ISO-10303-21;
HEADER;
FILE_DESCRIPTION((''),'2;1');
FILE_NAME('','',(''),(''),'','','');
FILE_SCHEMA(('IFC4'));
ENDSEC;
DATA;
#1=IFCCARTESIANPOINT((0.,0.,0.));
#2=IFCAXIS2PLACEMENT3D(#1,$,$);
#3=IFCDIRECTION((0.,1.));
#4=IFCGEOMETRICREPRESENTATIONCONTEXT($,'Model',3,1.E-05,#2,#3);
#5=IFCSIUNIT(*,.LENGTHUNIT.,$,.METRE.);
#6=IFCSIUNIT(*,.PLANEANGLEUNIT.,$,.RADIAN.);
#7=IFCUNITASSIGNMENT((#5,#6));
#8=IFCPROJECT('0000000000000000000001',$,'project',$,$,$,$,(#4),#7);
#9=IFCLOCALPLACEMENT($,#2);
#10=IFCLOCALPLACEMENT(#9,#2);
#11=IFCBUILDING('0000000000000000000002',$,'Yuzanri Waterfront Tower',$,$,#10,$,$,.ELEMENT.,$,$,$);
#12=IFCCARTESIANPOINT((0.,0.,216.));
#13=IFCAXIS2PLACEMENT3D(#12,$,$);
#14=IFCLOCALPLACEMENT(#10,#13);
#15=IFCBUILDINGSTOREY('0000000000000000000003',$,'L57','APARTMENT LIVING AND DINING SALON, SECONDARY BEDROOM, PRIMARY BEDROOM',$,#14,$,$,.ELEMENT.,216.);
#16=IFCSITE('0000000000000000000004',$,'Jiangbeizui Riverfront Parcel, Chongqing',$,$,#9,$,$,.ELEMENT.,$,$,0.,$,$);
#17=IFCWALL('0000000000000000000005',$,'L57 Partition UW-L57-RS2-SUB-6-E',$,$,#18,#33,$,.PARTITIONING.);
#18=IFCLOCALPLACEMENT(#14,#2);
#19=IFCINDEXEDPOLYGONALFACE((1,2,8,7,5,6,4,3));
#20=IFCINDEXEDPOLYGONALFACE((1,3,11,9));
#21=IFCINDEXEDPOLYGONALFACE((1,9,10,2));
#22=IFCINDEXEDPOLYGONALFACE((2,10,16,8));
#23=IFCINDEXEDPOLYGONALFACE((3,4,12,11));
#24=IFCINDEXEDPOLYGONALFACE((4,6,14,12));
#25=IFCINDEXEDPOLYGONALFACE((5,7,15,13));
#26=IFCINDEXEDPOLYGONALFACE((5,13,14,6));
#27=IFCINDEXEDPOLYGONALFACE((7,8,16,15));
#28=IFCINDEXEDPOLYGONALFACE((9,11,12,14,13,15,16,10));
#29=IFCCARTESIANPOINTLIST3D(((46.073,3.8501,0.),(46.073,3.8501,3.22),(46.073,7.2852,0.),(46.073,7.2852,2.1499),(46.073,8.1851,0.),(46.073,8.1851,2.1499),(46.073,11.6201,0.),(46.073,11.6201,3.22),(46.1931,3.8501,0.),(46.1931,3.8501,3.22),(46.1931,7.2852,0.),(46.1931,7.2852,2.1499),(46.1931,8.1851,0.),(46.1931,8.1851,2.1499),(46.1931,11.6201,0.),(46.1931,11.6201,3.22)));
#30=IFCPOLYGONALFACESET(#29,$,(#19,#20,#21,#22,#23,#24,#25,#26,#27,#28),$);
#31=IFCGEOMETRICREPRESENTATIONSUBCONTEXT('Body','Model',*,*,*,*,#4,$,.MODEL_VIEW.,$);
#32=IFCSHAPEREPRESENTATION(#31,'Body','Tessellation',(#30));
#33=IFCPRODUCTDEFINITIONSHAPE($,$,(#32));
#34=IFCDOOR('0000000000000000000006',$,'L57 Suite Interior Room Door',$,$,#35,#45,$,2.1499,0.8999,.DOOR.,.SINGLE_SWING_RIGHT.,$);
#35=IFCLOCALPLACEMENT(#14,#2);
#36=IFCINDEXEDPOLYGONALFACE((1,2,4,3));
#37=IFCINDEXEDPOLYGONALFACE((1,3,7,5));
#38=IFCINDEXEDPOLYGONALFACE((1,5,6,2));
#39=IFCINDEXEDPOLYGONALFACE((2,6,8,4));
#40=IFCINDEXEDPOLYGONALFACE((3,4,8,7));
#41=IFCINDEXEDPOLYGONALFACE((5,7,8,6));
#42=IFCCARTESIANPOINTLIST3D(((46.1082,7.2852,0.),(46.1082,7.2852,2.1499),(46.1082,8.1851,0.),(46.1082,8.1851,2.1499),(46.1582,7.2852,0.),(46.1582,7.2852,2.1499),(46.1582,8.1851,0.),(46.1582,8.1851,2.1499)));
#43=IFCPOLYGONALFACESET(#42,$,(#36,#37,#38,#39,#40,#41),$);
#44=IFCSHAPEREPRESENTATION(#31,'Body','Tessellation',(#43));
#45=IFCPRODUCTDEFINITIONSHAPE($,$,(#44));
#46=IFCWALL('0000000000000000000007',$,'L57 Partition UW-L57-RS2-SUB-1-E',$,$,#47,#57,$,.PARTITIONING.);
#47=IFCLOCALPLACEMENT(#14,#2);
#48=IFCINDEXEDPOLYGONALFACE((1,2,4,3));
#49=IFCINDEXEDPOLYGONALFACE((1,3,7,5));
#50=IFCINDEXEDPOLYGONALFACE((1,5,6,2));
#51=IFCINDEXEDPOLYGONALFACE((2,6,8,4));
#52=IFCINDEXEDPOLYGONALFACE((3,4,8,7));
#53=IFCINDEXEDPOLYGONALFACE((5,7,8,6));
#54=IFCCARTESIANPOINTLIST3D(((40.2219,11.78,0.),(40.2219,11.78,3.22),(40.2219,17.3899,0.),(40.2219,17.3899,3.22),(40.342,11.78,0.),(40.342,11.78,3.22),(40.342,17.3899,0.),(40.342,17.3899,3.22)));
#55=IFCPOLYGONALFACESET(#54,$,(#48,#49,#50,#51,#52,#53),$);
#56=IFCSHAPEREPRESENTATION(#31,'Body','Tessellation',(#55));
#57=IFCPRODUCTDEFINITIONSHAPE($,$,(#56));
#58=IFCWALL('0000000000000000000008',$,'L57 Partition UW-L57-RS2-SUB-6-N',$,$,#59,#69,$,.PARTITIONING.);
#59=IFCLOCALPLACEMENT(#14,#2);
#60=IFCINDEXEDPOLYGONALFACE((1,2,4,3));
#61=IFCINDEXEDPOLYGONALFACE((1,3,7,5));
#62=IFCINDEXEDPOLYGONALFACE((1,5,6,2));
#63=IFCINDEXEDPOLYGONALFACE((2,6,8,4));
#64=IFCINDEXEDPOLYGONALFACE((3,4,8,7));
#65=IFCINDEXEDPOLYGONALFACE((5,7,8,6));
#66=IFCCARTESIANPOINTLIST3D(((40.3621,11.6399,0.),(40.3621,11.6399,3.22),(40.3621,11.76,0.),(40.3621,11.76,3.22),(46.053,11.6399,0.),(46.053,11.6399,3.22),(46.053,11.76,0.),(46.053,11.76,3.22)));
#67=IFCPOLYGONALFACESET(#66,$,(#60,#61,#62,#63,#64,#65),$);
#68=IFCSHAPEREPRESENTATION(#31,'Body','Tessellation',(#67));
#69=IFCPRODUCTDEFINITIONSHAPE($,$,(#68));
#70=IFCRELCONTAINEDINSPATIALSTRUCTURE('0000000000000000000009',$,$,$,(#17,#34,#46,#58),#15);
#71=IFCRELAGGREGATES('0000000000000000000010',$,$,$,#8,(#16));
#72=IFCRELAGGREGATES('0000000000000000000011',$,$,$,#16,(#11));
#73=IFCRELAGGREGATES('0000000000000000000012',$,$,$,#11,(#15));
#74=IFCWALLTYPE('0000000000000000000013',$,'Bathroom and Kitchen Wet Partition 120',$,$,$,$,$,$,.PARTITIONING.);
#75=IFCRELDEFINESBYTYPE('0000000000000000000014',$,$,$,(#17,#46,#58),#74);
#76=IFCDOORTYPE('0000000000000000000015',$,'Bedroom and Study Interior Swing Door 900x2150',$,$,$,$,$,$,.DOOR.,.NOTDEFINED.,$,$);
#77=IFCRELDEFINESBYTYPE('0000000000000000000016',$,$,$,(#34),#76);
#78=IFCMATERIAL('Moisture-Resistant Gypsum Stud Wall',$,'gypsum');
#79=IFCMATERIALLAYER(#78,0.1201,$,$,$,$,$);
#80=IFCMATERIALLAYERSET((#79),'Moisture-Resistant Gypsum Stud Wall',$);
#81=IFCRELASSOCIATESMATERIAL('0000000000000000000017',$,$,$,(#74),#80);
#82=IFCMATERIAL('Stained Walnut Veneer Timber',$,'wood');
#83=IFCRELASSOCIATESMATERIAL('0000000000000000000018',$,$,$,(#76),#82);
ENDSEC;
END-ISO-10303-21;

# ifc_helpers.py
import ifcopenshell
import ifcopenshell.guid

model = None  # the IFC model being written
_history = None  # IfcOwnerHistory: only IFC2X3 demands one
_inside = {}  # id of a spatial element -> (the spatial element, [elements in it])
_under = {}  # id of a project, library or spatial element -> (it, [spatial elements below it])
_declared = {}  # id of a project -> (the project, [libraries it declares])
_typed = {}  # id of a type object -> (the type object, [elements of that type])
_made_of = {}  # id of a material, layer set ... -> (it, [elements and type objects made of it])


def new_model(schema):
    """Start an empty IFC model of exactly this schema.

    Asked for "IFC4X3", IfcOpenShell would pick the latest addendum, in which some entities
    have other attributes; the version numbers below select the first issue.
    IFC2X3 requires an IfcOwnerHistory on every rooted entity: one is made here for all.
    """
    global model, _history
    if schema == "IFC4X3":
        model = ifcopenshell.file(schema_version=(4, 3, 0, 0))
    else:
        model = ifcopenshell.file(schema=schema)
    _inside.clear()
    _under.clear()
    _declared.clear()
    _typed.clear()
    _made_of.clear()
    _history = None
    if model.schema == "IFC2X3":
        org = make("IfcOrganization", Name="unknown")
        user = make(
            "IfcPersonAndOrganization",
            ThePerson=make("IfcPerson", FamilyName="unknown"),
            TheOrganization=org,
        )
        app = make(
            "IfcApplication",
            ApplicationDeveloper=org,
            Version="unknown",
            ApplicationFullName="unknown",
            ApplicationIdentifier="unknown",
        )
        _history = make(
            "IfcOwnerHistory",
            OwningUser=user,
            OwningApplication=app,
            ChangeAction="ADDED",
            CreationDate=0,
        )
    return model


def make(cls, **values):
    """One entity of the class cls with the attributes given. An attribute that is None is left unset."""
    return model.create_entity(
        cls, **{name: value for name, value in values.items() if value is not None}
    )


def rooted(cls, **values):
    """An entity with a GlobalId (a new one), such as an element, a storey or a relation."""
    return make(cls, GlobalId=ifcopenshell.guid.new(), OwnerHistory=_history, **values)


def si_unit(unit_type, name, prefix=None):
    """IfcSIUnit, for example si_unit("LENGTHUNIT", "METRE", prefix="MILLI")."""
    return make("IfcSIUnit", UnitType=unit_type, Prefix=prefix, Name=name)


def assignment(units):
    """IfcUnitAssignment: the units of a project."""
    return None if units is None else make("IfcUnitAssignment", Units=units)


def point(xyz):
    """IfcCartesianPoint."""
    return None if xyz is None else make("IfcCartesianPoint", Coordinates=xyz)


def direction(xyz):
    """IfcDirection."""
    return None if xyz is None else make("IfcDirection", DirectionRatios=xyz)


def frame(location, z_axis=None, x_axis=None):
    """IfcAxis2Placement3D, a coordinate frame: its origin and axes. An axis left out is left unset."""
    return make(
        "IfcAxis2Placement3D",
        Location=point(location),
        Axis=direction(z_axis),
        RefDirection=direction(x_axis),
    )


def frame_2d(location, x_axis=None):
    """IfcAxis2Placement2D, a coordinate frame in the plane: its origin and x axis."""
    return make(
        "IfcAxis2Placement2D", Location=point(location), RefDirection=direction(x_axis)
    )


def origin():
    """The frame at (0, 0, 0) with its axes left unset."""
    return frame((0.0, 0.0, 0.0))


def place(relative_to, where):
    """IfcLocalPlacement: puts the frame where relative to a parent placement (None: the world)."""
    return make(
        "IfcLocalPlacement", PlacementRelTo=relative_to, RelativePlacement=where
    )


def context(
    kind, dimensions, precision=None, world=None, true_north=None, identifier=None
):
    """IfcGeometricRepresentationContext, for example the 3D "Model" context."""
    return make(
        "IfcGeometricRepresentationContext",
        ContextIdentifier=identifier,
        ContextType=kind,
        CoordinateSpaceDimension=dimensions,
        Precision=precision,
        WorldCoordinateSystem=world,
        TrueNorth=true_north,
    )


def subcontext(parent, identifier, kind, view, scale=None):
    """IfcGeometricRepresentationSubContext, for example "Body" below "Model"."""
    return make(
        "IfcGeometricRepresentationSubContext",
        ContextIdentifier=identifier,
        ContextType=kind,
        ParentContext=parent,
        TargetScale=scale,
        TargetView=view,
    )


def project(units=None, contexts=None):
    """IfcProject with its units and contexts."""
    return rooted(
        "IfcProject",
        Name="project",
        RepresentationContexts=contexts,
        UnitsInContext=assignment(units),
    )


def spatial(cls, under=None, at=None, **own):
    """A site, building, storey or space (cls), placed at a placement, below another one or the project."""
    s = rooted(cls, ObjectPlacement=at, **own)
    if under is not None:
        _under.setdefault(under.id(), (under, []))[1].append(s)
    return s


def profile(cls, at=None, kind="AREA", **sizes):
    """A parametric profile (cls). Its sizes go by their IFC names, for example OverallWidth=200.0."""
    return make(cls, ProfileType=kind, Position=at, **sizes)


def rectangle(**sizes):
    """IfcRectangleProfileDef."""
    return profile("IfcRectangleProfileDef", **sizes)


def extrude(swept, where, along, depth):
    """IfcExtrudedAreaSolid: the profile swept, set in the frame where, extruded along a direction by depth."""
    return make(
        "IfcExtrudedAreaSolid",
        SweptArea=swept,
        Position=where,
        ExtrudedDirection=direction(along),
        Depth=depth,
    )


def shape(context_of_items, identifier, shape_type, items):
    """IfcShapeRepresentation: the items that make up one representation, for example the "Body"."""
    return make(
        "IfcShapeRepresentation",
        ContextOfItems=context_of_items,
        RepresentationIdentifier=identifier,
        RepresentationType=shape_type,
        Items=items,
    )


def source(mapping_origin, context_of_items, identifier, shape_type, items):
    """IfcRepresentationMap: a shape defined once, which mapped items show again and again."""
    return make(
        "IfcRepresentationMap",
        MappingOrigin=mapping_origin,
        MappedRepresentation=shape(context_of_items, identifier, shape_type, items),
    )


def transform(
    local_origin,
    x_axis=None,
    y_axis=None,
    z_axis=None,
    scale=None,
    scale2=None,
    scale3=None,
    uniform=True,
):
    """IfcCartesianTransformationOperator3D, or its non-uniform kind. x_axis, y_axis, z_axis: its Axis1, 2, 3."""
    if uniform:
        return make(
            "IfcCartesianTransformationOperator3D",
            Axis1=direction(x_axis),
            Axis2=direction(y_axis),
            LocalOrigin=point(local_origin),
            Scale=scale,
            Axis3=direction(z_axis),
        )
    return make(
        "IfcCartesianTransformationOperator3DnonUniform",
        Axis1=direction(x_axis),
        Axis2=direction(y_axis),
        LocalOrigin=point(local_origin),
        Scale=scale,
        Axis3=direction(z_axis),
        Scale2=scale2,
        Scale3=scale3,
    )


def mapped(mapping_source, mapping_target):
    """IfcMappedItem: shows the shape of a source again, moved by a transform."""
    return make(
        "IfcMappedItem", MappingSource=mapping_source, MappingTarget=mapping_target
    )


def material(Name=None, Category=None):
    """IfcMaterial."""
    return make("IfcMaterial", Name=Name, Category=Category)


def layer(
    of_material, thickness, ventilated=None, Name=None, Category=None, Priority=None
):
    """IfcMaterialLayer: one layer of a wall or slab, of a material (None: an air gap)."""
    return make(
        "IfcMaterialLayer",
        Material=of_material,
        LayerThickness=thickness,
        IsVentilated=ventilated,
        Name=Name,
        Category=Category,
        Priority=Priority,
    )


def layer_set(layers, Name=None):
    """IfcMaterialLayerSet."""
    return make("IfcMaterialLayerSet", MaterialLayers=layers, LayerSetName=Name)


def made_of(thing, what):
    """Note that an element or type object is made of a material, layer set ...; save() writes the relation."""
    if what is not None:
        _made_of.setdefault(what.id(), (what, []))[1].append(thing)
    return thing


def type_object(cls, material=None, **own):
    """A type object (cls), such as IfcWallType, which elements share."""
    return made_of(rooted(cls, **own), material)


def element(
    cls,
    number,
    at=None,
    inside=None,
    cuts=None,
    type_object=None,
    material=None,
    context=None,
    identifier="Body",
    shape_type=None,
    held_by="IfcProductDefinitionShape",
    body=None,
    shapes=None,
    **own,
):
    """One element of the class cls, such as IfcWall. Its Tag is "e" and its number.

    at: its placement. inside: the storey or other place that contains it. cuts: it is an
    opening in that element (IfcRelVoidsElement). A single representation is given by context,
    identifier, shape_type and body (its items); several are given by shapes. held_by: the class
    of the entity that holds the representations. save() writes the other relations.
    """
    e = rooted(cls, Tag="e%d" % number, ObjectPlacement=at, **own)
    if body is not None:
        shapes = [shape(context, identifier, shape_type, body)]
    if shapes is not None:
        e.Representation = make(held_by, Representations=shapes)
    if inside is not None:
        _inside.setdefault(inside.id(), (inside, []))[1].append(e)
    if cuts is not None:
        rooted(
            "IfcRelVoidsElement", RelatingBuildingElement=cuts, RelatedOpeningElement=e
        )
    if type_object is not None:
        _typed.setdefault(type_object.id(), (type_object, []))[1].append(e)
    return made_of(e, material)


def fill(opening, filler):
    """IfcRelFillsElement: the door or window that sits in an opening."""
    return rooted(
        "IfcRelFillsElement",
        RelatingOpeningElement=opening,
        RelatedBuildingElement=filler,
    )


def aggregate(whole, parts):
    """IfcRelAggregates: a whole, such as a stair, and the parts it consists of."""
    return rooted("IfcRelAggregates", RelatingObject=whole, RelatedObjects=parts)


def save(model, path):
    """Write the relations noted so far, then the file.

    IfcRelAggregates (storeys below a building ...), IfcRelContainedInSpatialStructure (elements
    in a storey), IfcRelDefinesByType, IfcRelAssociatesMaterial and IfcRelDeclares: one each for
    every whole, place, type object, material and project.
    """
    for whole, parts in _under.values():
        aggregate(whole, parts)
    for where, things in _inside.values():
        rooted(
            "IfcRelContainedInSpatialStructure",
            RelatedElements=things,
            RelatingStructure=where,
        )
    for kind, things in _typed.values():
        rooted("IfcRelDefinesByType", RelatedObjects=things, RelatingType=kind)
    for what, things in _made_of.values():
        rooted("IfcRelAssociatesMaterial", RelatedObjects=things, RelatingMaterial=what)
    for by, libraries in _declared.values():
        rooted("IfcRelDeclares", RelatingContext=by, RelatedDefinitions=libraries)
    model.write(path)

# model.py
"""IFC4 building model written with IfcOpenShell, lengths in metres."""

from ifc_helpers import new_model, si_unit, direction, frame, frame_2d, origin, place, context, subcontext, project, spatial, rectangle, extrude, source, transform, mapped, material, layer, layer_set, type_object, element, fill, save


model = new_model("IFC4")

# Units and contexts
model_context = context("Model", 3, precision=1e-05, world=origin(), true_north=direction((0.0, 1.0)))
body_context = subcontext(model_context, "Body", "Model", "MODEL_VIEW")
ifc_project = project(units=[si_unit("LENGTHUNIT", "METRE"), si_unit("PLANEANGLEUNIT", "RADIAN")], contexts=[model_context])

# Site, building, storey
site_placement = place(None, origin())
site = spatial("IfcSite", under=ifc_project, at=site_placement, Name="Jiangbeizui Riverfront Parcel, Chongqing", CompositionType="ELEMENT", RefElevation=0.0)
building_placement = place(site_placement, origin())
building = spatial("IfcBuilding", under=site, at=building_placement, Name="Yuzanri Waterfront Tower", CompositionType="ELEMENT")
storey_placement = place(building_placement, frame((0.0, 0.0, 216.0)))
storey = spatial("IfcBuildingStorey", under=building, at=storey_placement, Name="L57", Description="APARTMENT LIVING AND DINING SALON, SECONDARY BEDROOM, PRIMARY BEDROOM", CompositionType="ELEMENT", Elevation=216.0)

# Wall, opening, door
ifc_material_1 = material(Name="Moisture-Resistant Gypsum Stud Wall", Category="gypsum")
ifc_layer_1 = layer(ifc_material_1, 0.1201)
ifc_layer_set_1 = layer_set([ifc_layer_1], Name="Moisture-Resistant Gypsum Stud Wall")
wall_type = type_object("IfcWallType", Name="Bathroom and Kitchen Wet Partition 120", PredefinedType="PARTITIONING", material=ifc_layer_set_1)
ifc_material_2 = material(Name="Stained Walnut Veneer Timber", Category="wood")
door_type_1 = type_object("IfcDoorType", Name="Bedroom and Study Interior Swing Door 900x2150", OperationType="NOTDEFINED", PredefinedType="DOOR", material=ifc_material_2)
shared_shape_1 = source(origin(), body_context, "Body", "SweptSolid", [
    extrude(rectangle(XDim=0.8999, YDim=2.1499, at=frame_2d((0.45, 1.075))), frame((0.0, 0.0249, 0.0), z_axis=(0.0, -1.0, 0.0), x_axis=(1.0, 0.0, 0.0)), (0.0, 0.0, 1.0), 0.05),
])
wall_1_placement = place(storey_placement, frame((46.1331, 3.8501, 0.0), z_axis=(0.0, 0.0, 1.0), x_axis=(0.0, 1.0, 0.0)))
wall_1 = element("IfcWall", 1, at=wall_1_placement, inside=storey, type_object=wall_type, Name="L57 Partition UW-L57-RS2-SUB-6-E", PredefinedType="PARTITIONING", context=body_context, shape_type="SweptSolid", body=[
    extrude(rectangle(XDim=7.77, YDim=0.1201, at=frame_2d((3.885, 0.0))), origin(), (0.0, 0.0, 1.0), 3.22),
])
opening_1_placement = place(wall_1_placement, frame((3.4351, 0.0, 0.0)))
opening_1 = element("IfcOpeningElement", 2, at=opening_1_placement, cuts=wall_1, PredefinedType="OPENING", context=body_context, shape_type="SweptSolid", body=[
    extrude(rectangle(XDim=0.8999, YDim=2.1499, at=frame_2d((0.45, 1.075))), frame((0.0, 0.075, 0.0), z_axis=(0.0, -1.0, 0.0), x_axis=(1.0, 0.0, 0.0)), (0.0, 0.0, 1.0), 0.1499),
])
door_1_placement = place(opening_1_placement, origin())
door_1 = element("IfcDoor", 3, at=door_1_placement, inside=storey, type_object=door_type_1, Name="L57 Suite Interior Room Door", OperationType="SINGLE_SWING_RIGHT", OverallHeight=2.1499, OverallWidth=0.8999, PredefinedType="DOOR", context=body_context, shape_type="MappedRepresentation", body=[
    mapped(shared_shape_1, transform((0.0, 0.0, 0.0), scale=1.0)),
])
fill(opening_1, door_1)

# Walls
shared_shape_2 = source(origin(), body_context, "Body", "SweptSolid", [
    extrude(rectangle(XDim=5.6099, YDim=0.1201, at=frame_2d((2.8049, 0.0))), origin(), (0.0, 0.0, 1.0), 3.22),
])
wall_2_placement = place(storey_placement, frame((40.282, 11.78, 0.0), z_axis=(0.0, 0.0, 1.0), x_axis=(0.0, 1.0, 0.0)))
element("IfcWall", 4, at=wall_2_placement, inside=storey, type_object=wall_type, Name="L57 Partition UW-L57-RS2-SUB-1-E", PredefinedType="PARTITIONING", context=body_context, shape_type="MappedRepresentation", body=[
    mapped(shared_shape_2, transform((0.0, 0.0, 0.0), scale=1.0)),
])
shared_shape_3 = source(origin(), body_context, "Body", "SweptSolid", [
    extrude(rectangle(XDim=5.6909, YDim=0.1201, at=frame_2d((2.8455, 0.0))), origin(), (0.0, 0.0, 1.0), 3.22),
])
wall_3_placement = place(storey_placement, frame((40.3621, 11.7, 0.0), z_axis=(0.0, 0.0, 1.0), x_axis=(1.0, 0.0, 0.0)))
element("IfcWall", 5, at=wall_3_placement, inside=storey, type_object=wall_type, Name="L57 Partition UW-L57-RS2-SUB-6-N", PredefinedType="PARTITIONING", context=body_context, shape_type="MappedRepresentation", body=[
    mapped(shared_shape_3, transform((0.0, 0.0, 0.0), scale=1.0)),
])

save(model, "model.ifc")
